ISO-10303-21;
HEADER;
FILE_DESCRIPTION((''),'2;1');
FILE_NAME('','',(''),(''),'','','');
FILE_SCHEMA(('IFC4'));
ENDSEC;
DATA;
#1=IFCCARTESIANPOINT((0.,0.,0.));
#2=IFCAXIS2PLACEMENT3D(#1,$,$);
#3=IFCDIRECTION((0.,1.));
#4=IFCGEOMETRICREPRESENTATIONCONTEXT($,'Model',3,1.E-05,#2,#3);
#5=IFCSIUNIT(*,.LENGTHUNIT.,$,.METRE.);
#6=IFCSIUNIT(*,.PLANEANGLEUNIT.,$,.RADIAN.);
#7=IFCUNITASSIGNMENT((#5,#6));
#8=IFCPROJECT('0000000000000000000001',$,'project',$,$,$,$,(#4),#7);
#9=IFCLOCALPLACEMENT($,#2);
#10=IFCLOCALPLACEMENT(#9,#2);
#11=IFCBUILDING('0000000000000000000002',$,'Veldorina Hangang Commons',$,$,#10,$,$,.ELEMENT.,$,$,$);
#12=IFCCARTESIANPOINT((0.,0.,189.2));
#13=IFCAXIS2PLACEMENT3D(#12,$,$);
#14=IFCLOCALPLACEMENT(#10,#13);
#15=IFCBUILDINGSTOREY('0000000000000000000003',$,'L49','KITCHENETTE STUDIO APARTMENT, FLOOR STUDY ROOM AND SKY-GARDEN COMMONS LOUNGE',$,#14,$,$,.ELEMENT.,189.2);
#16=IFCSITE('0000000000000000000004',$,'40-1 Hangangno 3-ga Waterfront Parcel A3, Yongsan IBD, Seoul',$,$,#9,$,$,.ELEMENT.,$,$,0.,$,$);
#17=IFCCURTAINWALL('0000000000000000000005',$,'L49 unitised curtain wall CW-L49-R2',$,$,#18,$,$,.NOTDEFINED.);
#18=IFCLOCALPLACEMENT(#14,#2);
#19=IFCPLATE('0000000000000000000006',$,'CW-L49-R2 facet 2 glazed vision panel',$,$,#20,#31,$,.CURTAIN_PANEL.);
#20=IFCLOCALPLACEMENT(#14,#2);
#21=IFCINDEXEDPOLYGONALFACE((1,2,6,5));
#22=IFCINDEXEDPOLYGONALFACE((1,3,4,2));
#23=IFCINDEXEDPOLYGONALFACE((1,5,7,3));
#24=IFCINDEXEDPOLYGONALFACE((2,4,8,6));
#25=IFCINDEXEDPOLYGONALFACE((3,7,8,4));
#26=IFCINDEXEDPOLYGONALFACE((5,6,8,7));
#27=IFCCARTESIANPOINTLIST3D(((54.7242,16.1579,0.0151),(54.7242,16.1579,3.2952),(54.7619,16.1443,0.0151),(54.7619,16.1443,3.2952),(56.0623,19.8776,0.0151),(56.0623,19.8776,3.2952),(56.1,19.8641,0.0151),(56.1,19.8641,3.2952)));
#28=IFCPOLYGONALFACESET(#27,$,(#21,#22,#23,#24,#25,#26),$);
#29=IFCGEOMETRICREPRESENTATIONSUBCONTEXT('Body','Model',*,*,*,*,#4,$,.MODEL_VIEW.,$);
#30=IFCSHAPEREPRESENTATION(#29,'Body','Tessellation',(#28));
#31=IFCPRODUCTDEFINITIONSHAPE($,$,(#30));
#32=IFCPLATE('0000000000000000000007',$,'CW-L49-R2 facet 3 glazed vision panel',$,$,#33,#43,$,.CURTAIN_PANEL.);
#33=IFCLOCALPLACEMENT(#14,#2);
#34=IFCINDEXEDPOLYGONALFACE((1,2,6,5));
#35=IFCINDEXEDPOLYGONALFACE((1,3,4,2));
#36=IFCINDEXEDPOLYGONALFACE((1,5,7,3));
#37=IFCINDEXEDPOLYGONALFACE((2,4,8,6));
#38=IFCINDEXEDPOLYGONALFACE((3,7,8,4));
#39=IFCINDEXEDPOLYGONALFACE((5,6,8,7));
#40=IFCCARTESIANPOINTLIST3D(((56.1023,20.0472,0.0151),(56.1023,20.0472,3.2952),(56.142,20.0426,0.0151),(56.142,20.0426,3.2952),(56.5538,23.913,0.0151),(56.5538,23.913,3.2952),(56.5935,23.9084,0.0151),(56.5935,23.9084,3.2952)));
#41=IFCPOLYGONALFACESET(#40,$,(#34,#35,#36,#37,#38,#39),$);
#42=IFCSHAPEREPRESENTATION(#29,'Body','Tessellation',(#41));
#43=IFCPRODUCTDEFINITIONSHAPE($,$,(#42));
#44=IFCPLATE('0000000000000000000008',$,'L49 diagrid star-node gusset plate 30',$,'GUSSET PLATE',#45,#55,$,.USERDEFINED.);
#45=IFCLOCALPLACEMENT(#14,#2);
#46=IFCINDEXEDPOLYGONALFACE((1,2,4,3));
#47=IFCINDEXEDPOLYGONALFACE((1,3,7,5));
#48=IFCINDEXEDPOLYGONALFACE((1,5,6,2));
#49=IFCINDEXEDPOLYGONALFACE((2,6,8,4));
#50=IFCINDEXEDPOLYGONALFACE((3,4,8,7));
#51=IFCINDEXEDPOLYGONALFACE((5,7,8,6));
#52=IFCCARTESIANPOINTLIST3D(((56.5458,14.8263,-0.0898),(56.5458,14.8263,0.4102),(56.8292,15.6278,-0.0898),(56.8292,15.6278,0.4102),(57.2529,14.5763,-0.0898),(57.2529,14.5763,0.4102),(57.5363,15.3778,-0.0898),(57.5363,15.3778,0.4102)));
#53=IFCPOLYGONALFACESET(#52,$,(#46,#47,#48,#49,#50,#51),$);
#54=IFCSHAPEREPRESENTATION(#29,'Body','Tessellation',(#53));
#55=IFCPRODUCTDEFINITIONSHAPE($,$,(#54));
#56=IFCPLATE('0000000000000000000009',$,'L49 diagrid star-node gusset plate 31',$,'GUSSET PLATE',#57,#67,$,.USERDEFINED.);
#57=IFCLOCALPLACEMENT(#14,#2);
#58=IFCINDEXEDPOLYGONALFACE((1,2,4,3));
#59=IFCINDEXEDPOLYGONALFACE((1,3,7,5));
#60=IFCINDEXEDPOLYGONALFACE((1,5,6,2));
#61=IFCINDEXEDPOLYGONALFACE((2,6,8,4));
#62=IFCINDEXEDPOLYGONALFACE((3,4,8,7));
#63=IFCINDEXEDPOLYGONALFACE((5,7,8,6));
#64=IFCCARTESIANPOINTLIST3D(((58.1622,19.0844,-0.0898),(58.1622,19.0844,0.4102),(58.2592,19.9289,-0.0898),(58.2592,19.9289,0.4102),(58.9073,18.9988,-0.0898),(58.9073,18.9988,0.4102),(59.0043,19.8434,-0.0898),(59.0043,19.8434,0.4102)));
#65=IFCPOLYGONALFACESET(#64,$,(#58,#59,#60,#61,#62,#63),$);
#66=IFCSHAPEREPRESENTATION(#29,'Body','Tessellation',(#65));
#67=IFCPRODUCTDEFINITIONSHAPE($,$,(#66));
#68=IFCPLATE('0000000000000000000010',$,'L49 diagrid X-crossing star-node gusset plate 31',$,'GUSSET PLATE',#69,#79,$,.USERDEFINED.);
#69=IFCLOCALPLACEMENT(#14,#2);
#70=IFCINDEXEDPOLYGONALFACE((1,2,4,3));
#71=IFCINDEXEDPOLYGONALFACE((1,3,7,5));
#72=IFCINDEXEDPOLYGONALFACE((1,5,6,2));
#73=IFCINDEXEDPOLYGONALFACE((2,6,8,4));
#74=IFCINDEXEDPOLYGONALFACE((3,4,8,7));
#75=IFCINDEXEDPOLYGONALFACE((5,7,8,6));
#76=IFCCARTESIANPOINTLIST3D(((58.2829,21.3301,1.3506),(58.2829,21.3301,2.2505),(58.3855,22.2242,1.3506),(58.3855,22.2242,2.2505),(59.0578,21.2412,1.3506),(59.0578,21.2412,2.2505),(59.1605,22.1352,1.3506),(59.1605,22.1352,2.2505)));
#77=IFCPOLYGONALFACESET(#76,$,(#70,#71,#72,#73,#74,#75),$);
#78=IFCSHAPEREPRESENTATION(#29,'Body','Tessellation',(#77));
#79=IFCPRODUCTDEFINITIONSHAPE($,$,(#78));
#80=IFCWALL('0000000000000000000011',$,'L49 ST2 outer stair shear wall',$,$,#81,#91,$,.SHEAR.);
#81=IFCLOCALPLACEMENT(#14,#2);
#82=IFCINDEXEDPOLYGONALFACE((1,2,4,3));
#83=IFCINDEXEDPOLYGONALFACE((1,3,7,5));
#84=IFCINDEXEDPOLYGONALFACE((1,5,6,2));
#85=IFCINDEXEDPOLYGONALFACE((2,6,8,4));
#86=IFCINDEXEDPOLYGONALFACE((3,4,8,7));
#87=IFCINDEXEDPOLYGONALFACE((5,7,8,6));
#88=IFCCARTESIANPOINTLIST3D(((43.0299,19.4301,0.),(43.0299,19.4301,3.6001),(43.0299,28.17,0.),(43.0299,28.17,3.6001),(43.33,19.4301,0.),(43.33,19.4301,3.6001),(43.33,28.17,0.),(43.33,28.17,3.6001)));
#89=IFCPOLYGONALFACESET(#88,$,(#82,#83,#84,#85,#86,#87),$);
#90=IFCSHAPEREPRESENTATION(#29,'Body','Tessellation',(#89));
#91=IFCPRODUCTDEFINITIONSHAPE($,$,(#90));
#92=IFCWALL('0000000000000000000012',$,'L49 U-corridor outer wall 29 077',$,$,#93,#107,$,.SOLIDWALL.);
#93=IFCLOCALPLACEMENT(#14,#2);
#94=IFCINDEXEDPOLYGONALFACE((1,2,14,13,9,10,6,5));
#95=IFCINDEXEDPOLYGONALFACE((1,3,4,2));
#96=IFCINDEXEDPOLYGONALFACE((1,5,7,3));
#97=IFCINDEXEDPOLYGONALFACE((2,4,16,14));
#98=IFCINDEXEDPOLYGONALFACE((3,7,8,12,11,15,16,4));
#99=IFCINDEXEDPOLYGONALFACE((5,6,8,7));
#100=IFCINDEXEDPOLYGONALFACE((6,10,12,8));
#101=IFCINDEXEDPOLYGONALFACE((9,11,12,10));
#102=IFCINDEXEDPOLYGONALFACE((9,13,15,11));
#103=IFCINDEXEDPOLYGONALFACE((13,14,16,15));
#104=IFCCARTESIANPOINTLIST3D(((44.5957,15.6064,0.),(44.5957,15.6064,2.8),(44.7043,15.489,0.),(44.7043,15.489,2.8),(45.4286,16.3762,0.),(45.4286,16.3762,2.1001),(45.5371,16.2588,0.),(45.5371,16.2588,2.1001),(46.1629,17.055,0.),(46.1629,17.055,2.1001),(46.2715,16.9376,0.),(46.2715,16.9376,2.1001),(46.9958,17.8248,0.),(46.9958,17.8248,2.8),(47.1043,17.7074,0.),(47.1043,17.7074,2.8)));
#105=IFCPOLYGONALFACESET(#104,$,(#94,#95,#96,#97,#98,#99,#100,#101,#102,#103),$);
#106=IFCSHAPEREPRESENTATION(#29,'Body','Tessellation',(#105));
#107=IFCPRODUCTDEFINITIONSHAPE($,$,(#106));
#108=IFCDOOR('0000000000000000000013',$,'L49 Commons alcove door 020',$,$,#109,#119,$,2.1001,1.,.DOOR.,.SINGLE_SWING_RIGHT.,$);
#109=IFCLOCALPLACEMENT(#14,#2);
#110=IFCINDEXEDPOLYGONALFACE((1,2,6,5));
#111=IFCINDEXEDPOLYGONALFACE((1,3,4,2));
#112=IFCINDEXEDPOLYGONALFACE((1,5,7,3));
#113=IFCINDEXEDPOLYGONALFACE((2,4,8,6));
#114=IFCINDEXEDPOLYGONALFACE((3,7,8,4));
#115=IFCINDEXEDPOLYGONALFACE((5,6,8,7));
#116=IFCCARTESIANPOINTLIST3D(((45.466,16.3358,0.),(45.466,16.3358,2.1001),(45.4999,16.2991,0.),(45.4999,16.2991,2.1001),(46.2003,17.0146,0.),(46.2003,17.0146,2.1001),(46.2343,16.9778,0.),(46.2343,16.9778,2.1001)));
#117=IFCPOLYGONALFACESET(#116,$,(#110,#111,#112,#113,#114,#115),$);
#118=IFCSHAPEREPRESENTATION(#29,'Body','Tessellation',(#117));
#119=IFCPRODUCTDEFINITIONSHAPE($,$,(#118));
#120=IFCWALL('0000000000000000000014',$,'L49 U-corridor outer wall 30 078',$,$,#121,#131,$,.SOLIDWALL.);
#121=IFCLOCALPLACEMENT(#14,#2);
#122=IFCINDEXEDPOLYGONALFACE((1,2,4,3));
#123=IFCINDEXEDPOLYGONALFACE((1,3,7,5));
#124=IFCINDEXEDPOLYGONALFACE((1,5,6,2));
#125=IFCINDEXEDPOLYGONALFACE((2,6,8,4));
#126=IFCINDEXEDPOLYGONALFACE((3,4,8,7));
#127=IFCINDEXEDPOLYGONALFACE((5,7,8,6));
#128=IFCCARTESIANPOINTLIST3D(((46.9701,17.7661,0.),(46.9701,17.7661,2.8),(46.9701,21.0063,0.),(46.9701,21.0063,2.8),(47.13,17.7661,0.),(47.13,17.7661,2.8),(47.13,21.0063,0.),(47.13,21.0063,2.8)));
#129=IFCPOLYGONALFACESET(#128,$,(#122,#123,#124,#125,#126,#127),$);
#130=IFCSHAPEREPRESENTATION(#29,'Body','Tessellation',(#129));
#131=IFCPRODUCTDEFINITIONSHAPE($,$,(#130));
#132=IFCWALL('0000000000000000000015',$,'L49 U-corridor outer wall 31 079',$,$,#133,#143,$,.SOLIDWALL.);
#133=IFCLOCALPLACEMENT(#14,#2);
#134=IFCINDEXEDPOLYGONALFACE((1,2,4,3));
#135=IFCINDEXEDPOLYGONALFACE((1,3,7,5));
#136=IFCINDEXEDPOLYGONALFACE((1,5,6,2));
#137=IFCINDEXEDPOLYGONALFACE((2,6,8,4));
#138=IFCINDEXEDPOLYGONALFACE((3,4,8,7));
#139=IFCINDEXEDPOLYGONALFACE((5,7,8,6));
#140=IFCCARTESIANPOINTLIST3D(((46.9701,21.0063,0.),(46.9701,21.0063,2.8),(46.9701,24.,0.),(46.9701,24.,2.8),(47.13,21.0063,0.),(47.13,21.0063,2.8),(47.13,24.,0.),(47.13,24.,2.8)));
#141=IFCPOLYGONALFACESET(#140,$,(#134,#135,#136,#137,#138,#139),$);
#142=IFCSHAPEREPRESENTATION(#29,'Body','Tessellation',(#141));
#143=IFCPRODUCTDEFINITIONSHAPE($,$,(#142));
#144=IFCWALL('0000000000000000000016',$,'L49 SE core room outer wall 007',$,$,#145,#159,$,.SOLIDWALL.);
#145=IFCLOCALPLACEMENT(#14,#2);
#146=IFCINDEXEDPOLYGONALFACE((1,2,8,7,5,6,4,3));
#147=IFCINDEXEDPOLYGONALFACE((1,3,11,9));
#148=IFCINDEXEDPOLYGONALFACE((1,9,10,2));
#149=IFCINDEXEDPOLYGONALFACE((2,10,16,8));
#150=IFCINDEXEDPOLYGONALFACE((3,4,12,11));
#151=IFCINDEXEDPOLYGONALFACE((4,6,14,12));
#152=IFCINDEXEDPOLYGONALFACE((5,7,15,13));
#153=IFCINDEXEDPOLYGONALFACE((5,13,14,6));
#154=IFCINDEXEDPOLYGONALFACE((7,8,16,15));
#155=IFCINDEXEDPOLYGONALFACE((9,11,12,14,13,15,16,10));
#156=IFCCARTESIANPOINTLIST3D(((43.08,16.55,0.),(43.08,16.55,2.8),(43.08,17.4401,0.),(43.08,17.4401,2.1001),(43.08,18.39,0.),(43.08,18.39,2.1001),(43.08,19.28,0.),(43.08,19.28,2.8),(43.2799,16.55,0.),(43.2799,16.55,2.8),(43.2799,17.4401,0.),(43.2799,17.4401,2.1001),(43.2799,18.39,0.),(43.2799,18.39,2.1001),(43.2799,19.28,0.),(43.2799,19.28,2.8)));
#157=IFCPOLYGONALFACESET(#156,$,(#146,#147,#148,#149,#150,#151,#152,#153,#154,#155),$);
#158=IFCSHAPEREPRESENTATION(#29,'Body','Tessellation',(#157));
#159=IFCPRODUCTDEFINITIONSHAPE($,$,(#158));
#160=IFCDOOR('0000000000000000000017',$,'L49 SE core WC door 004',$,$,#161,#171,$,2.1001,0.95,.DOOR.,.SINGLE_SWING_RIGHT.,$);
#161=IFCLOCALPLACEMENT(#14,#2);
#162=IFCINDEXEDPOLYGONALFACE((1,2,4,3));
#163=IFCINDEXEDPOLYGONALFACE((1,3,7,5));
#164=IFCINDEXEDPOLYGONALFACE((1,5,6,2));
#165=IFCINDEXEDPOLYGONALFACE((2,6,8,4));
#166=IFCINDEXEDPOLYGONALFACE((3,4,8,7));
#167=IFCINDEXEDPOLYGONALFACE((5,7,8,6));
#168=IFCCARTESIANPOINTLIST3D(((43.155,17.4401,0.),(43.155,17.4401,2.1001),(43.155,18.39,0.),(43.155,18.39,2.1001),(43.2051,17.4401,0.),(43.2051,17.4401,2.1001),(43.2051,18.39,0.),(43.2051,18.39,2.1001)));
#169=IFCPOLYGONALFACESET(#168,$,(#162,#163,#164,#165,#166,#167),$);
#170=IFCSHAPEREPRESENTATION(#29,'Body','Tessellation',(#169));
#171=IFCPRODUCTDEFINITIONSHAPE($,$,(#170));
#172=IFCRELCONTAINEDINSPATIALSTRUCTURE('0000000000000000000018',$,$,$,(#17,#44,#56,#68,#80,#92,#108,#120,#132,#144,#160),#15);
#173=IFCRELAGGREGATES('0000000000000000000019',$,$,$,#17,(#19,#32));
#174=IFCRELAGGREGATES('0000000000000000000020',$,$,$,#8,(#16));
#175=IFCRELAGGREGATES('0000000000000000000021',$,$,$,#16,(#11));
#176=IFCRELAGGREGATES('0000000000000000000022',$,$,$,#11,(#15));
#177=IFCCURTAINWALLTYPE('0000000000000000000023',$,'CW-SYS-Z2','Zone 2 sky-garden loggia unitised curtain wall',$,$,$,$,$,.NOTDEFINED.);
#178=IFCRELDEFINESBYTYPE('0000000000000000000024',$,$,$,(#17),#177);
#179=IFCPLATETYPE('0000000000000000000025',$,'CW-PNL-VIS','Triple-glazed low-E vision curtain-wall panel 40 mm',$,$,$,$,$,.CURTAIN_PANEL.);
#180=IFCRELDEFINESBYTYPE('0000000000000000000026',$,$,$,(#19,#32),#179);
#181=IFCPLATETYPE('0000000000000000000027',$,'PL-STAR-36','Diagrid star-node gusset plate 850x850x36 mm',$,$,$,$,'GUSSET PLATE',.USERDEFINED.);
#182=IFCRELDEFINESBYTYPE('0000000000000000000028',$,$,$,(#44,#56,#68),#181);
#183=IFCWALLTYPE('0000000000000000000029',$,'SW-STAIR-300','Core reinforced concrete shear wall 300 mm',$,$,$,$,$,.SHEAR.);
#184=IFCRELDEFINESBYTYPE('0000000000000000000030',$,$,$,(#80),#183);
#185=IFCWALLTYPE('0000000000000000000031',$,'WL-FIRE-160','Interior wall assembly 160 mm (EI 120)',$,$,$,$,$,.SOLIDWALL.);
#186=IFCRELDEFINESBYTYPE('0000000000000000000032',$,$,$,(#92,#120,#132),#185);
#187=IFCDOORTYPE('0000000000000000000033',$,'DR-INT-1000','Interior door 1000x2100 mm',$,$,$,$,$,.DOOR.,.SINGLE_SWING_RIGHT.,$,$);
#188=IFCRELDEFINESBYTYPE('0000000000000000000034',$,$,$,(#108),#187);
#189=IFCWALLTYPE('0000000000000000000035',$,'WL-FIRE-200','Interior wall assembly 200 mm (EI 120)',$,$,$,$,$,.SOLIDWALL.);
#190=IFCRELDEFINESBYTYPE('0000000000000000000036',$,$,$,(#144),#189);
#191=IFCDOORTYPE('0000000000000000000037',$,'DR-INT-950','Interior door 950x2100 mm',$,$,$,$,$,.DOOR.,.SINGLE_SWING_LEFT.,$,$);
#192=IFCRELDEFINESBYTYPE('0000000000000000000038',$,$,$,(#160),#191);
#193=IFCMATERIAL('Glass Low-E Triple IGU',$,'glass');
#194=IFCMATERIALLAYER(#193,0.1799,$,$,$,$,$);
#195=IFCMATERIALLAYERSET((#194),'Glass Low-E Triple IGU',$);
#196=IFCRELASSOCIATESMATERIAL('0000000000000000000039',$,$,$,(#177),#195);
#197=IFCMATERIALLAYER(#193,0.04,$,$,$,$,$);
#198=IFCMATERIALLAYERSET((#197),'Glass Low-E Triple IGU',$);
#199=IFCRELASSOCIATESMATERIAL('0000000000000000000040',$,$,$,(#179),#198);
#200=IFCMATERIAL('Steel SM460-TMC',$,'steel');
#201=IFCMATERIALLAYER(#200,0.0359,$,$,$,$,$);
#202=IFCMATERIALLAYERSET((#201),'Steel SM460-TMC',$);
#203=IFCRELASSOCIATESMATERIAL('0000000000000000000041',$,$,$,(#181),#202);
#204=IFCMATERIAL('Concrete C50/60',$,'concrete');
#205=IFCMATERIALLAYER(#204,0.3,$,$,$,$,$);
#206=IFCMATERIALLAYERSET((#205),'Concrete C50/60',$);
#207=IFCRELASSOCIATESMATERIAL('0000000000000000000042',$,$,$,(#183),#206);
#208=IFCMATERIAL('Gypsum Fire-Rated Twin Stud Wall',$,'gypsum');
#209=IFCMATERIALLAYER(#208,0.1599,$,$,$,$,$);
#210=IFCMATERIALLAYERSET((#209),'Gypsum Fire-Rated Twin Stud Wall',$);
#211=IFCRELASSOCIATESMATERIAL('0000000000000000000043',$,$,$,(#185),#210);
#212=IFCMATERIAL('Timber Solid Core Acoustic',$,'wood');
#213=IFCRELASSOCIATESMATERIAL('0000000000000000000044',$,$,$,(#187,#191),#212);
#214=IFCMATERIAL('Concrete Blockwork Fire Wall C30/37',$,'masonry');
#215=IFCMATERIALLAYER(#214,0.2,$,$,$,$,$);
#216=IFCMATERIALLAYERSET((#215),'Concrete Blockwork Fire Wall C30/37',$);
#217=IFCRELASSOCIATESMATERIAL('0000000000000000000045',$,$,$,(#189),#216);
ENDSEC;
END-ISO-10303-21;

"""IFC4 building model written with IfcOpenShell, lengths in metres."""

from ifc_helpers import new_model, si_unit, direction, frame, frame_2d, origin, origin_2d, place, context, subcontext, project, spatial, rectangle, extrude, material, layer, layer_set, type_object, element, fill, aggregate, save


model = new_model("IFC4")

# Units and contexts
model_context = context("Model", 3, precision=1e-05, world=origin(), true_north=direction((0.0, 1.0)))
body_context = subcontext(model_context, "Body", "Model", "MODEL_VIEW")
ifc_project = project(units=[si_unit("LENGTHUNIT", "METRE"), si_unit("PLANEANGLEUNIT", "RADIAN")], contexts=[model_context])

# Site, building, storey
site_placement = place(None, origin())
site = spatial("IfcSite", under=ifc_project, at=site_placement, Name="40-1 Hangangno 3-ga Waterfront Parcel A3, Yongsan IBD, Seoul", CompositionType="ELEMENT", RefElevation=0.0)
building_placement = place(site_placement, origin())
building = spatial("IfcBuilding", under=site, at=building_placement, Name="Veldorina Hangang Commons", CompositionType="ELEMENT")
storey_placement = place(building_placement, frame((0.0, 0.0, 189.2)))
storey = spatial("IfcBuildingStorey", under=building, at=storey_placement, Name="L49", Description="KITCHENETTE STUDIO APARTMENT, FLOOR STUDY ROOM AND SKY-GARDEN COMMONS LOUNGE", CompositionType="ELEMENT", Elevation=189.2)

# Curtain wall
ifc_material_1 = material(Name="Glass Low-E Triple IGU", Category="glass")
ifc_layer_1 = layer(ifc_material_1, 0.1799)
ifc_layer_set_1 = layer_set([ifc_layer_1], Name="Glass Low-E Triple IGU")
curtain_wall_type = type_object("IfcCurtainWallType", Name="CW-SYS-Z2", Description="Zone 2 sky-garden loggia unitised curtain wall", PredefinedType="NOTDEFINED", material=ifc_layer_set_1)
curtain_wall_placement = place(storey_placement, origin())
curtain_wall = element("IfcCurtainWall", 1, at=curtain_wall_placement, inside=storey, type_object=curtain_wall_type, Name="L49 unitised curtain wall CW-L49-R2", PredefinedType="NOTDEFINED")

# Plates
ifc_layer_2 = layer(ifc_material_1, 0.04)
ifc_layer_set_2 = layer_set([ifc_layer_2], Name="Glass Low-E Triple IGU")
plate_type_1 = type_object("IfcPlateType", Name="CW-PNL-VIS", Description="Triple-glazed low-E vision curtain-wall panel 40 mm", PredefinedType="CURTAIN_PANEL", material=ifc_layer_set_2)
plate_1_placement = place(storey_placement, frame((55.4121, 18.011, 0.0151), z_axis=(0.0, 0.0, 1.0), x_axis=(0.338492, 0.940969, 0.0)))
plate_1 = element("IfcPlate", 2, at=plate_1_placement, type_object=plate_type_1, Name="CW-L49-R2 facet 2 glazed vision panel", PredefinedType="CURTAIN_PANEL", context=body_context, shape_type="SweptSolid", body=[
    extrude(rectangle(XDim=3.9531, YDim=0.04, at=origin_2d()), origin(), (0.0, 0.0, 1.0), 3.28),
])
plate_2_placement = place(storey_placement, frame((56.3479, 21.9778, 0.0151), z_axis=(0.0, 0.0, 1.0), x_axis=(0.116012, 0.993248, 0.0)))
plate_2 = element("IfcPlate", 3, at=plate_2_placement, type_object=plate_type_1, Name="CW-L49-R2 facet 3 glazed vision panel", PredefinedType="CURTAIN_PANEL", context=body_context, shape_type="SweptSolid", body=[
    extrude(rectangle(XDim=3.8921, YDim=0.04, at=origin_2d()), origin(), (0.0, 0.0, 1.0), 3.28),
])
aggregate(curtain_wall, [plate_1, plate_2])

# Plates
ifc_material_2 = material(Name="Steel SM460-TMC", Category="steel")
ifc_layer_3 = layer(ifc_material_2, 0.0359)
ifc_layer_set_3 = layer_set([ifc_layer_3], Name="Steel SM460-TMC")
plate_type_2 = type_object("IfcPlateType", Name="PL-STAR-36", Description="Diagrid star-node gusset plate 850x850x36 mm", ElementType="GUSSET PLATE", PredefinedType="USERDEFINED", material=ifc_layer_set_3)
for number, where, z_axis, x_axis, name in (
    (4, (57.041, 15.1021, -0.0898), (0.0, 0.0, 1.0), (0.333379, 0.942793, 0.0), "L49 diagrid star-node gusset plate 30"),
    (5, (58.5833, 19.4639, -0.0898), (0.0, 0.0, 1.0), (0.11407, 0.993473, 0.0), "L49 diagrid star-node gusset plate 31"),
):
    element("IfcPlate", number, at=place(storey_placement, frame(where, z_axis=z_axis, x_axis=x_axis)), inside=storey, type_object=plate_type_2, Name=name, ObjectType="GUSSET PLATE", PredefinedType="USERDEFINED", context=body_context, shape_type="SweptSolid", body=[
        extrude(rectangle(XDim=0.8501, YDim=0.75, at=origin_2d()), origin(), (0.0, 0.0, 1.0), 0.5),
    ])
plate_3_placement = place(storey_placement, frame((58.7217, 21.7327, 1.3506), z_axis=(0.0, 0.0, 1.0), x_axis=(0.11407, 0.993473, 0.0)))
element("IfcPlate", 6, at=plate_3_placement, inside=storey, type_object=plate_type_2, Name="L49 diagrid X-crossing star-node gusset plate 31", ObjectType="GUSSET PLATE", PredefinedType="USERDEFINED", context=body_context, shape_type="SweptSolid", body=[
    extrude(rectangle(XDim=0.8999, YDim=0.78, at=origin_2d()), origin(), (0.0, 0.0, 1.0), 0.8999),
])

# Wall
ifc_material_3 = material(Name="Concrete C50/60", Category="concrete")
ifc_layer_4 = layer(ifc_material_3, 0.3)
ifc_layer_set_4 = layer_set([ifc_layer_4], Name="Concrete C50/60")
wall_type_1 = type_object("IfcWallType", Name="SW-STAIR-300", Description="Core reinforced concrete shear wall 300 mm", PredefinedType="SHEAR", material=ifc_layer_set_4)
wall_1_placement = place(storey_placement, frame((43.1799, 19.4299, 0.0), z_axis=(0.0, 0.0, 1.0), x_axis=(0.0, 1.0, 0.0)))
element("IfcWall", 7, at=wall_1_placement, inside=storey, type_object=wall_type_1, Name="L49 ST2 outer stair shear wall", PredefinedType="SHEAR", context=body_context, shape_type="SweptSolid", body=[
    extrude(rectangle(XDim=8.74, YDim=0.3, at=frame_2d((4.3701, 0.0))), origin(), (0.0, 0.0, 1.0), 3.6001),
])

# Wall, opening, door
ifc_material_4 = material(Name="Gypsum Fire-Rated Twin Stud Wall", Category="gypsum")
ifc_layer_5 = layer(ifc_material_4, 0.1599)
ifc_layer_set_5 = layer_set([ifc_layer_5], Name="Gypsum Fire-Rated Twin Stud Wall")
wall_type_2 = type_object("IfcWallType", Name="WL-FIRE-160", Description="Interior wall assembly 160 mm (EI 120)", PredefinedType="SOLIDWALL", material=ifc_layer_set_5)
wall_2_placement = place(storey_placement, frame((44.6499, 15.5476, 0.0), z_axis=(0.0, 0.0, 1.0), x_axis=(0.734348, 0.678773, 0.0)))
wall_2 = element("IfcWall", 8, at=wall_2_placement, inside=storey, type_object=wall_type_2, Name="L49 U-corridor outer wall 29 077", PredefinedType="SOLIDWALL", context=body_context, shape_type="SweptSolid", body=[
    extrude(rectangle(XDim=3.2683, YDim=0.1599, at=frame_2d((1.6343, 0.0))), origin(), (0.0, 0.0, 1.0), 2.8),
])
opening_1_placement = place(wall_2_placement, frame((1.1343, 0.0, 0.0)))
opening_1 = element("IfcOpeningElement", 9, at=opening_1_placement, cuts=wall_2, PredefinedType="OPENING", context=body_context, shape_type="SweptSolid", body=[
    extrude(rectangle(XDim=1.0, YDim=2.1001, at=frame_2d((0.5, 1.05))), frame((0.0, 0.0898, 0.0), z_axis=(0.0, -1.0, 0.0), x_axis=(1.0, 0.0, 0.0)), (0.0, 0.0, 1.0), 0.1799),
])
ifc_material_5 = material(Name="Timber Solid Core Acoustic", Category="wood")
door_type_1 = type_object("IfcDoorType", Name="DR-INT-1000", Description="Interior door 1000x2100 mm", OperationType="SINGLE_SWING_RIGHT", PredefinedType="DOOR", material=ifc_material_5)
door_1_placement = place(opening_1_placement, origin())
door_1 = element("IfcDoor", 10, at=door_1_placement, inside=storey, type_object=door_type_1, Name="L49 Commons alcove door 020", OperationType="SINGLE_SWING_RIGHT", OverallHeight=2.1001, OverallWidth=1.0, PredefinedType="DOOR", context=body_context, shape_type="SweptSolid", body=[
    extrude(rectangle(XDim=1.0, YDim=2.1001, at=frame_2d((0.5, 1.05))), frame((0.0, 0.0249, 0.0), z_axis=(0.0, -1.0, 0.0), x_axis=(1.0, 0.0, 0.0)), (0.0, 0.0, 1.0), 0.05),
])
fill(opening_1, door_1)

# Walls
wall_3_placement = place(storey_placement, frame((47.05, 17.7661, 0.0), z_axis=(0.0, 0.0, 1.0), x_axis=(0.0, 1.0, 0.0)))
element("IfcWall", 11, at=wall_3_placement, inside=storey, type_object=wall_type_2, Name="L49 U-corridor outer wall 30 078", PredefinedType="SOLIDWALL", context=body_context, shape_type="SweptSolid", body=[
    extrude(rectangle(XDim=3.2402, YDim=0.1599, at=frame_2d((1.6201, 0.0))), origin(), (0.0, 0.0, 1.0), 2.8),
])
wall_4_placement = place(storey_placement, frame((47.05, 21.0063, 0.0), z_axis=(0.0, 0.0, 1.0), x_axis=(0.0, 1.0, 0.0)))
element("IfcWall", 12, at=wall_4_placement, inside=storey, type_object=wall_type_2, Name="L49 U-corridor outer wall 31 079", PredefinedType="SOLIDWALL", context=body_context, shape_type="SweptSolid", body=[
    extrude(rectangle(XDim=2.9937, YDim=0.1599, at=frame_2d((1.4968, 0.0))), origin(), (0.0, 0.0, 1.0), 2.8),
])

# Wall, opening, door
ifc_material_6 = material(Name="Concrete Blockwork Fire Wall C30/37", Category="masonry")
ifc_layer_6 = layer(ifc_material_6, 0.2)
ifc_layer_set_6 = layer_set([ifc_layer_6], Name="Concrete Blockwork Fire Wall C30/37")
wall_type_3 = type_object("IfcWallType", Name="WL-FIRE-200", Description="Interior wall assembly 200 mm (EI 120)", PredefinedType="SOLIDWALL", material=ifc_layer_set_6)
wall_5_placement = place(storey_placement, frame((43.1799, 16.55, 0.0), z_axis=(0.0, 0.0, 1.0), x_axis=(0.0, 1.0, 0.0)))
wall_5 = element("IfcWall", 13, at=wall_5_placement, inside=storey, type_object=wall_type_3, Name="L49 SE core room outer wall 007", PredefinedType="SOLIDWALL", context=body_context, shape_type="SweptSolid", body=[
    extrude(rectangle(XDim=2.73, YDim=0.2, at=frame_2d((1.365, 0.0))), origin(), (0.0, 0.0, 1.0), 2.8),
])
opening_2_placement = place(wall_5_placement, frame((0.8899, 0.0, 0.0)))
opening_2 = element("IfcOpeningElement", 14, at=opening_2_placement, cuts=wall_5, PredefinedType="OPENING", context=body_context, shape_type="SweptSolid", body=[
    extrude(rectangle(XDim=0.95, YDim=2.1001, at=frame_2d((0.4751, 1.05))), frame((0.0, 0.1099, 0.0), z_axis=(0.0, -1.0, 0.0), x_axis=(1.0, 0.0, 0.0)), (0.0, 0.0, 1.0), 0.22),
])
door_type_2 = type_object("IfcDoorType", Name="DR-INT-950", Description="Interior door 950x2100 mm", OperationType="SINGLE_SWING_LEFT", PredefinedType="DOOR", material=ifc_material_5)
door_2_placement = place(opening_2_placement, origin())
door_2 = element("IfcDoor", 15, at=door_2_placement, inside=storey, type_object=door_type_2, Name="L49 SE core WC door 004", OperationType="SINGLE_SWING_RIGHT", OverallHeight=2.1001, OverallWidth=0.95, PredefinedType="DOOR", context=body_context, shape_type="SweptSolid", body=[
    extrude(rectangle(XDim=0.95, YDim=2.1001, at=frame_2d((0.4751, 1.05))), frame((0.0, 0.0249, 0.0), z_axis=(0.0, -1.0, 0.0), x_axis=(1.0, 0.0, 0.0)), (0.0, 0.0, 1.0), 0.05),
])
fill(opening_2, door_2)

save(model, "model.ifc")
